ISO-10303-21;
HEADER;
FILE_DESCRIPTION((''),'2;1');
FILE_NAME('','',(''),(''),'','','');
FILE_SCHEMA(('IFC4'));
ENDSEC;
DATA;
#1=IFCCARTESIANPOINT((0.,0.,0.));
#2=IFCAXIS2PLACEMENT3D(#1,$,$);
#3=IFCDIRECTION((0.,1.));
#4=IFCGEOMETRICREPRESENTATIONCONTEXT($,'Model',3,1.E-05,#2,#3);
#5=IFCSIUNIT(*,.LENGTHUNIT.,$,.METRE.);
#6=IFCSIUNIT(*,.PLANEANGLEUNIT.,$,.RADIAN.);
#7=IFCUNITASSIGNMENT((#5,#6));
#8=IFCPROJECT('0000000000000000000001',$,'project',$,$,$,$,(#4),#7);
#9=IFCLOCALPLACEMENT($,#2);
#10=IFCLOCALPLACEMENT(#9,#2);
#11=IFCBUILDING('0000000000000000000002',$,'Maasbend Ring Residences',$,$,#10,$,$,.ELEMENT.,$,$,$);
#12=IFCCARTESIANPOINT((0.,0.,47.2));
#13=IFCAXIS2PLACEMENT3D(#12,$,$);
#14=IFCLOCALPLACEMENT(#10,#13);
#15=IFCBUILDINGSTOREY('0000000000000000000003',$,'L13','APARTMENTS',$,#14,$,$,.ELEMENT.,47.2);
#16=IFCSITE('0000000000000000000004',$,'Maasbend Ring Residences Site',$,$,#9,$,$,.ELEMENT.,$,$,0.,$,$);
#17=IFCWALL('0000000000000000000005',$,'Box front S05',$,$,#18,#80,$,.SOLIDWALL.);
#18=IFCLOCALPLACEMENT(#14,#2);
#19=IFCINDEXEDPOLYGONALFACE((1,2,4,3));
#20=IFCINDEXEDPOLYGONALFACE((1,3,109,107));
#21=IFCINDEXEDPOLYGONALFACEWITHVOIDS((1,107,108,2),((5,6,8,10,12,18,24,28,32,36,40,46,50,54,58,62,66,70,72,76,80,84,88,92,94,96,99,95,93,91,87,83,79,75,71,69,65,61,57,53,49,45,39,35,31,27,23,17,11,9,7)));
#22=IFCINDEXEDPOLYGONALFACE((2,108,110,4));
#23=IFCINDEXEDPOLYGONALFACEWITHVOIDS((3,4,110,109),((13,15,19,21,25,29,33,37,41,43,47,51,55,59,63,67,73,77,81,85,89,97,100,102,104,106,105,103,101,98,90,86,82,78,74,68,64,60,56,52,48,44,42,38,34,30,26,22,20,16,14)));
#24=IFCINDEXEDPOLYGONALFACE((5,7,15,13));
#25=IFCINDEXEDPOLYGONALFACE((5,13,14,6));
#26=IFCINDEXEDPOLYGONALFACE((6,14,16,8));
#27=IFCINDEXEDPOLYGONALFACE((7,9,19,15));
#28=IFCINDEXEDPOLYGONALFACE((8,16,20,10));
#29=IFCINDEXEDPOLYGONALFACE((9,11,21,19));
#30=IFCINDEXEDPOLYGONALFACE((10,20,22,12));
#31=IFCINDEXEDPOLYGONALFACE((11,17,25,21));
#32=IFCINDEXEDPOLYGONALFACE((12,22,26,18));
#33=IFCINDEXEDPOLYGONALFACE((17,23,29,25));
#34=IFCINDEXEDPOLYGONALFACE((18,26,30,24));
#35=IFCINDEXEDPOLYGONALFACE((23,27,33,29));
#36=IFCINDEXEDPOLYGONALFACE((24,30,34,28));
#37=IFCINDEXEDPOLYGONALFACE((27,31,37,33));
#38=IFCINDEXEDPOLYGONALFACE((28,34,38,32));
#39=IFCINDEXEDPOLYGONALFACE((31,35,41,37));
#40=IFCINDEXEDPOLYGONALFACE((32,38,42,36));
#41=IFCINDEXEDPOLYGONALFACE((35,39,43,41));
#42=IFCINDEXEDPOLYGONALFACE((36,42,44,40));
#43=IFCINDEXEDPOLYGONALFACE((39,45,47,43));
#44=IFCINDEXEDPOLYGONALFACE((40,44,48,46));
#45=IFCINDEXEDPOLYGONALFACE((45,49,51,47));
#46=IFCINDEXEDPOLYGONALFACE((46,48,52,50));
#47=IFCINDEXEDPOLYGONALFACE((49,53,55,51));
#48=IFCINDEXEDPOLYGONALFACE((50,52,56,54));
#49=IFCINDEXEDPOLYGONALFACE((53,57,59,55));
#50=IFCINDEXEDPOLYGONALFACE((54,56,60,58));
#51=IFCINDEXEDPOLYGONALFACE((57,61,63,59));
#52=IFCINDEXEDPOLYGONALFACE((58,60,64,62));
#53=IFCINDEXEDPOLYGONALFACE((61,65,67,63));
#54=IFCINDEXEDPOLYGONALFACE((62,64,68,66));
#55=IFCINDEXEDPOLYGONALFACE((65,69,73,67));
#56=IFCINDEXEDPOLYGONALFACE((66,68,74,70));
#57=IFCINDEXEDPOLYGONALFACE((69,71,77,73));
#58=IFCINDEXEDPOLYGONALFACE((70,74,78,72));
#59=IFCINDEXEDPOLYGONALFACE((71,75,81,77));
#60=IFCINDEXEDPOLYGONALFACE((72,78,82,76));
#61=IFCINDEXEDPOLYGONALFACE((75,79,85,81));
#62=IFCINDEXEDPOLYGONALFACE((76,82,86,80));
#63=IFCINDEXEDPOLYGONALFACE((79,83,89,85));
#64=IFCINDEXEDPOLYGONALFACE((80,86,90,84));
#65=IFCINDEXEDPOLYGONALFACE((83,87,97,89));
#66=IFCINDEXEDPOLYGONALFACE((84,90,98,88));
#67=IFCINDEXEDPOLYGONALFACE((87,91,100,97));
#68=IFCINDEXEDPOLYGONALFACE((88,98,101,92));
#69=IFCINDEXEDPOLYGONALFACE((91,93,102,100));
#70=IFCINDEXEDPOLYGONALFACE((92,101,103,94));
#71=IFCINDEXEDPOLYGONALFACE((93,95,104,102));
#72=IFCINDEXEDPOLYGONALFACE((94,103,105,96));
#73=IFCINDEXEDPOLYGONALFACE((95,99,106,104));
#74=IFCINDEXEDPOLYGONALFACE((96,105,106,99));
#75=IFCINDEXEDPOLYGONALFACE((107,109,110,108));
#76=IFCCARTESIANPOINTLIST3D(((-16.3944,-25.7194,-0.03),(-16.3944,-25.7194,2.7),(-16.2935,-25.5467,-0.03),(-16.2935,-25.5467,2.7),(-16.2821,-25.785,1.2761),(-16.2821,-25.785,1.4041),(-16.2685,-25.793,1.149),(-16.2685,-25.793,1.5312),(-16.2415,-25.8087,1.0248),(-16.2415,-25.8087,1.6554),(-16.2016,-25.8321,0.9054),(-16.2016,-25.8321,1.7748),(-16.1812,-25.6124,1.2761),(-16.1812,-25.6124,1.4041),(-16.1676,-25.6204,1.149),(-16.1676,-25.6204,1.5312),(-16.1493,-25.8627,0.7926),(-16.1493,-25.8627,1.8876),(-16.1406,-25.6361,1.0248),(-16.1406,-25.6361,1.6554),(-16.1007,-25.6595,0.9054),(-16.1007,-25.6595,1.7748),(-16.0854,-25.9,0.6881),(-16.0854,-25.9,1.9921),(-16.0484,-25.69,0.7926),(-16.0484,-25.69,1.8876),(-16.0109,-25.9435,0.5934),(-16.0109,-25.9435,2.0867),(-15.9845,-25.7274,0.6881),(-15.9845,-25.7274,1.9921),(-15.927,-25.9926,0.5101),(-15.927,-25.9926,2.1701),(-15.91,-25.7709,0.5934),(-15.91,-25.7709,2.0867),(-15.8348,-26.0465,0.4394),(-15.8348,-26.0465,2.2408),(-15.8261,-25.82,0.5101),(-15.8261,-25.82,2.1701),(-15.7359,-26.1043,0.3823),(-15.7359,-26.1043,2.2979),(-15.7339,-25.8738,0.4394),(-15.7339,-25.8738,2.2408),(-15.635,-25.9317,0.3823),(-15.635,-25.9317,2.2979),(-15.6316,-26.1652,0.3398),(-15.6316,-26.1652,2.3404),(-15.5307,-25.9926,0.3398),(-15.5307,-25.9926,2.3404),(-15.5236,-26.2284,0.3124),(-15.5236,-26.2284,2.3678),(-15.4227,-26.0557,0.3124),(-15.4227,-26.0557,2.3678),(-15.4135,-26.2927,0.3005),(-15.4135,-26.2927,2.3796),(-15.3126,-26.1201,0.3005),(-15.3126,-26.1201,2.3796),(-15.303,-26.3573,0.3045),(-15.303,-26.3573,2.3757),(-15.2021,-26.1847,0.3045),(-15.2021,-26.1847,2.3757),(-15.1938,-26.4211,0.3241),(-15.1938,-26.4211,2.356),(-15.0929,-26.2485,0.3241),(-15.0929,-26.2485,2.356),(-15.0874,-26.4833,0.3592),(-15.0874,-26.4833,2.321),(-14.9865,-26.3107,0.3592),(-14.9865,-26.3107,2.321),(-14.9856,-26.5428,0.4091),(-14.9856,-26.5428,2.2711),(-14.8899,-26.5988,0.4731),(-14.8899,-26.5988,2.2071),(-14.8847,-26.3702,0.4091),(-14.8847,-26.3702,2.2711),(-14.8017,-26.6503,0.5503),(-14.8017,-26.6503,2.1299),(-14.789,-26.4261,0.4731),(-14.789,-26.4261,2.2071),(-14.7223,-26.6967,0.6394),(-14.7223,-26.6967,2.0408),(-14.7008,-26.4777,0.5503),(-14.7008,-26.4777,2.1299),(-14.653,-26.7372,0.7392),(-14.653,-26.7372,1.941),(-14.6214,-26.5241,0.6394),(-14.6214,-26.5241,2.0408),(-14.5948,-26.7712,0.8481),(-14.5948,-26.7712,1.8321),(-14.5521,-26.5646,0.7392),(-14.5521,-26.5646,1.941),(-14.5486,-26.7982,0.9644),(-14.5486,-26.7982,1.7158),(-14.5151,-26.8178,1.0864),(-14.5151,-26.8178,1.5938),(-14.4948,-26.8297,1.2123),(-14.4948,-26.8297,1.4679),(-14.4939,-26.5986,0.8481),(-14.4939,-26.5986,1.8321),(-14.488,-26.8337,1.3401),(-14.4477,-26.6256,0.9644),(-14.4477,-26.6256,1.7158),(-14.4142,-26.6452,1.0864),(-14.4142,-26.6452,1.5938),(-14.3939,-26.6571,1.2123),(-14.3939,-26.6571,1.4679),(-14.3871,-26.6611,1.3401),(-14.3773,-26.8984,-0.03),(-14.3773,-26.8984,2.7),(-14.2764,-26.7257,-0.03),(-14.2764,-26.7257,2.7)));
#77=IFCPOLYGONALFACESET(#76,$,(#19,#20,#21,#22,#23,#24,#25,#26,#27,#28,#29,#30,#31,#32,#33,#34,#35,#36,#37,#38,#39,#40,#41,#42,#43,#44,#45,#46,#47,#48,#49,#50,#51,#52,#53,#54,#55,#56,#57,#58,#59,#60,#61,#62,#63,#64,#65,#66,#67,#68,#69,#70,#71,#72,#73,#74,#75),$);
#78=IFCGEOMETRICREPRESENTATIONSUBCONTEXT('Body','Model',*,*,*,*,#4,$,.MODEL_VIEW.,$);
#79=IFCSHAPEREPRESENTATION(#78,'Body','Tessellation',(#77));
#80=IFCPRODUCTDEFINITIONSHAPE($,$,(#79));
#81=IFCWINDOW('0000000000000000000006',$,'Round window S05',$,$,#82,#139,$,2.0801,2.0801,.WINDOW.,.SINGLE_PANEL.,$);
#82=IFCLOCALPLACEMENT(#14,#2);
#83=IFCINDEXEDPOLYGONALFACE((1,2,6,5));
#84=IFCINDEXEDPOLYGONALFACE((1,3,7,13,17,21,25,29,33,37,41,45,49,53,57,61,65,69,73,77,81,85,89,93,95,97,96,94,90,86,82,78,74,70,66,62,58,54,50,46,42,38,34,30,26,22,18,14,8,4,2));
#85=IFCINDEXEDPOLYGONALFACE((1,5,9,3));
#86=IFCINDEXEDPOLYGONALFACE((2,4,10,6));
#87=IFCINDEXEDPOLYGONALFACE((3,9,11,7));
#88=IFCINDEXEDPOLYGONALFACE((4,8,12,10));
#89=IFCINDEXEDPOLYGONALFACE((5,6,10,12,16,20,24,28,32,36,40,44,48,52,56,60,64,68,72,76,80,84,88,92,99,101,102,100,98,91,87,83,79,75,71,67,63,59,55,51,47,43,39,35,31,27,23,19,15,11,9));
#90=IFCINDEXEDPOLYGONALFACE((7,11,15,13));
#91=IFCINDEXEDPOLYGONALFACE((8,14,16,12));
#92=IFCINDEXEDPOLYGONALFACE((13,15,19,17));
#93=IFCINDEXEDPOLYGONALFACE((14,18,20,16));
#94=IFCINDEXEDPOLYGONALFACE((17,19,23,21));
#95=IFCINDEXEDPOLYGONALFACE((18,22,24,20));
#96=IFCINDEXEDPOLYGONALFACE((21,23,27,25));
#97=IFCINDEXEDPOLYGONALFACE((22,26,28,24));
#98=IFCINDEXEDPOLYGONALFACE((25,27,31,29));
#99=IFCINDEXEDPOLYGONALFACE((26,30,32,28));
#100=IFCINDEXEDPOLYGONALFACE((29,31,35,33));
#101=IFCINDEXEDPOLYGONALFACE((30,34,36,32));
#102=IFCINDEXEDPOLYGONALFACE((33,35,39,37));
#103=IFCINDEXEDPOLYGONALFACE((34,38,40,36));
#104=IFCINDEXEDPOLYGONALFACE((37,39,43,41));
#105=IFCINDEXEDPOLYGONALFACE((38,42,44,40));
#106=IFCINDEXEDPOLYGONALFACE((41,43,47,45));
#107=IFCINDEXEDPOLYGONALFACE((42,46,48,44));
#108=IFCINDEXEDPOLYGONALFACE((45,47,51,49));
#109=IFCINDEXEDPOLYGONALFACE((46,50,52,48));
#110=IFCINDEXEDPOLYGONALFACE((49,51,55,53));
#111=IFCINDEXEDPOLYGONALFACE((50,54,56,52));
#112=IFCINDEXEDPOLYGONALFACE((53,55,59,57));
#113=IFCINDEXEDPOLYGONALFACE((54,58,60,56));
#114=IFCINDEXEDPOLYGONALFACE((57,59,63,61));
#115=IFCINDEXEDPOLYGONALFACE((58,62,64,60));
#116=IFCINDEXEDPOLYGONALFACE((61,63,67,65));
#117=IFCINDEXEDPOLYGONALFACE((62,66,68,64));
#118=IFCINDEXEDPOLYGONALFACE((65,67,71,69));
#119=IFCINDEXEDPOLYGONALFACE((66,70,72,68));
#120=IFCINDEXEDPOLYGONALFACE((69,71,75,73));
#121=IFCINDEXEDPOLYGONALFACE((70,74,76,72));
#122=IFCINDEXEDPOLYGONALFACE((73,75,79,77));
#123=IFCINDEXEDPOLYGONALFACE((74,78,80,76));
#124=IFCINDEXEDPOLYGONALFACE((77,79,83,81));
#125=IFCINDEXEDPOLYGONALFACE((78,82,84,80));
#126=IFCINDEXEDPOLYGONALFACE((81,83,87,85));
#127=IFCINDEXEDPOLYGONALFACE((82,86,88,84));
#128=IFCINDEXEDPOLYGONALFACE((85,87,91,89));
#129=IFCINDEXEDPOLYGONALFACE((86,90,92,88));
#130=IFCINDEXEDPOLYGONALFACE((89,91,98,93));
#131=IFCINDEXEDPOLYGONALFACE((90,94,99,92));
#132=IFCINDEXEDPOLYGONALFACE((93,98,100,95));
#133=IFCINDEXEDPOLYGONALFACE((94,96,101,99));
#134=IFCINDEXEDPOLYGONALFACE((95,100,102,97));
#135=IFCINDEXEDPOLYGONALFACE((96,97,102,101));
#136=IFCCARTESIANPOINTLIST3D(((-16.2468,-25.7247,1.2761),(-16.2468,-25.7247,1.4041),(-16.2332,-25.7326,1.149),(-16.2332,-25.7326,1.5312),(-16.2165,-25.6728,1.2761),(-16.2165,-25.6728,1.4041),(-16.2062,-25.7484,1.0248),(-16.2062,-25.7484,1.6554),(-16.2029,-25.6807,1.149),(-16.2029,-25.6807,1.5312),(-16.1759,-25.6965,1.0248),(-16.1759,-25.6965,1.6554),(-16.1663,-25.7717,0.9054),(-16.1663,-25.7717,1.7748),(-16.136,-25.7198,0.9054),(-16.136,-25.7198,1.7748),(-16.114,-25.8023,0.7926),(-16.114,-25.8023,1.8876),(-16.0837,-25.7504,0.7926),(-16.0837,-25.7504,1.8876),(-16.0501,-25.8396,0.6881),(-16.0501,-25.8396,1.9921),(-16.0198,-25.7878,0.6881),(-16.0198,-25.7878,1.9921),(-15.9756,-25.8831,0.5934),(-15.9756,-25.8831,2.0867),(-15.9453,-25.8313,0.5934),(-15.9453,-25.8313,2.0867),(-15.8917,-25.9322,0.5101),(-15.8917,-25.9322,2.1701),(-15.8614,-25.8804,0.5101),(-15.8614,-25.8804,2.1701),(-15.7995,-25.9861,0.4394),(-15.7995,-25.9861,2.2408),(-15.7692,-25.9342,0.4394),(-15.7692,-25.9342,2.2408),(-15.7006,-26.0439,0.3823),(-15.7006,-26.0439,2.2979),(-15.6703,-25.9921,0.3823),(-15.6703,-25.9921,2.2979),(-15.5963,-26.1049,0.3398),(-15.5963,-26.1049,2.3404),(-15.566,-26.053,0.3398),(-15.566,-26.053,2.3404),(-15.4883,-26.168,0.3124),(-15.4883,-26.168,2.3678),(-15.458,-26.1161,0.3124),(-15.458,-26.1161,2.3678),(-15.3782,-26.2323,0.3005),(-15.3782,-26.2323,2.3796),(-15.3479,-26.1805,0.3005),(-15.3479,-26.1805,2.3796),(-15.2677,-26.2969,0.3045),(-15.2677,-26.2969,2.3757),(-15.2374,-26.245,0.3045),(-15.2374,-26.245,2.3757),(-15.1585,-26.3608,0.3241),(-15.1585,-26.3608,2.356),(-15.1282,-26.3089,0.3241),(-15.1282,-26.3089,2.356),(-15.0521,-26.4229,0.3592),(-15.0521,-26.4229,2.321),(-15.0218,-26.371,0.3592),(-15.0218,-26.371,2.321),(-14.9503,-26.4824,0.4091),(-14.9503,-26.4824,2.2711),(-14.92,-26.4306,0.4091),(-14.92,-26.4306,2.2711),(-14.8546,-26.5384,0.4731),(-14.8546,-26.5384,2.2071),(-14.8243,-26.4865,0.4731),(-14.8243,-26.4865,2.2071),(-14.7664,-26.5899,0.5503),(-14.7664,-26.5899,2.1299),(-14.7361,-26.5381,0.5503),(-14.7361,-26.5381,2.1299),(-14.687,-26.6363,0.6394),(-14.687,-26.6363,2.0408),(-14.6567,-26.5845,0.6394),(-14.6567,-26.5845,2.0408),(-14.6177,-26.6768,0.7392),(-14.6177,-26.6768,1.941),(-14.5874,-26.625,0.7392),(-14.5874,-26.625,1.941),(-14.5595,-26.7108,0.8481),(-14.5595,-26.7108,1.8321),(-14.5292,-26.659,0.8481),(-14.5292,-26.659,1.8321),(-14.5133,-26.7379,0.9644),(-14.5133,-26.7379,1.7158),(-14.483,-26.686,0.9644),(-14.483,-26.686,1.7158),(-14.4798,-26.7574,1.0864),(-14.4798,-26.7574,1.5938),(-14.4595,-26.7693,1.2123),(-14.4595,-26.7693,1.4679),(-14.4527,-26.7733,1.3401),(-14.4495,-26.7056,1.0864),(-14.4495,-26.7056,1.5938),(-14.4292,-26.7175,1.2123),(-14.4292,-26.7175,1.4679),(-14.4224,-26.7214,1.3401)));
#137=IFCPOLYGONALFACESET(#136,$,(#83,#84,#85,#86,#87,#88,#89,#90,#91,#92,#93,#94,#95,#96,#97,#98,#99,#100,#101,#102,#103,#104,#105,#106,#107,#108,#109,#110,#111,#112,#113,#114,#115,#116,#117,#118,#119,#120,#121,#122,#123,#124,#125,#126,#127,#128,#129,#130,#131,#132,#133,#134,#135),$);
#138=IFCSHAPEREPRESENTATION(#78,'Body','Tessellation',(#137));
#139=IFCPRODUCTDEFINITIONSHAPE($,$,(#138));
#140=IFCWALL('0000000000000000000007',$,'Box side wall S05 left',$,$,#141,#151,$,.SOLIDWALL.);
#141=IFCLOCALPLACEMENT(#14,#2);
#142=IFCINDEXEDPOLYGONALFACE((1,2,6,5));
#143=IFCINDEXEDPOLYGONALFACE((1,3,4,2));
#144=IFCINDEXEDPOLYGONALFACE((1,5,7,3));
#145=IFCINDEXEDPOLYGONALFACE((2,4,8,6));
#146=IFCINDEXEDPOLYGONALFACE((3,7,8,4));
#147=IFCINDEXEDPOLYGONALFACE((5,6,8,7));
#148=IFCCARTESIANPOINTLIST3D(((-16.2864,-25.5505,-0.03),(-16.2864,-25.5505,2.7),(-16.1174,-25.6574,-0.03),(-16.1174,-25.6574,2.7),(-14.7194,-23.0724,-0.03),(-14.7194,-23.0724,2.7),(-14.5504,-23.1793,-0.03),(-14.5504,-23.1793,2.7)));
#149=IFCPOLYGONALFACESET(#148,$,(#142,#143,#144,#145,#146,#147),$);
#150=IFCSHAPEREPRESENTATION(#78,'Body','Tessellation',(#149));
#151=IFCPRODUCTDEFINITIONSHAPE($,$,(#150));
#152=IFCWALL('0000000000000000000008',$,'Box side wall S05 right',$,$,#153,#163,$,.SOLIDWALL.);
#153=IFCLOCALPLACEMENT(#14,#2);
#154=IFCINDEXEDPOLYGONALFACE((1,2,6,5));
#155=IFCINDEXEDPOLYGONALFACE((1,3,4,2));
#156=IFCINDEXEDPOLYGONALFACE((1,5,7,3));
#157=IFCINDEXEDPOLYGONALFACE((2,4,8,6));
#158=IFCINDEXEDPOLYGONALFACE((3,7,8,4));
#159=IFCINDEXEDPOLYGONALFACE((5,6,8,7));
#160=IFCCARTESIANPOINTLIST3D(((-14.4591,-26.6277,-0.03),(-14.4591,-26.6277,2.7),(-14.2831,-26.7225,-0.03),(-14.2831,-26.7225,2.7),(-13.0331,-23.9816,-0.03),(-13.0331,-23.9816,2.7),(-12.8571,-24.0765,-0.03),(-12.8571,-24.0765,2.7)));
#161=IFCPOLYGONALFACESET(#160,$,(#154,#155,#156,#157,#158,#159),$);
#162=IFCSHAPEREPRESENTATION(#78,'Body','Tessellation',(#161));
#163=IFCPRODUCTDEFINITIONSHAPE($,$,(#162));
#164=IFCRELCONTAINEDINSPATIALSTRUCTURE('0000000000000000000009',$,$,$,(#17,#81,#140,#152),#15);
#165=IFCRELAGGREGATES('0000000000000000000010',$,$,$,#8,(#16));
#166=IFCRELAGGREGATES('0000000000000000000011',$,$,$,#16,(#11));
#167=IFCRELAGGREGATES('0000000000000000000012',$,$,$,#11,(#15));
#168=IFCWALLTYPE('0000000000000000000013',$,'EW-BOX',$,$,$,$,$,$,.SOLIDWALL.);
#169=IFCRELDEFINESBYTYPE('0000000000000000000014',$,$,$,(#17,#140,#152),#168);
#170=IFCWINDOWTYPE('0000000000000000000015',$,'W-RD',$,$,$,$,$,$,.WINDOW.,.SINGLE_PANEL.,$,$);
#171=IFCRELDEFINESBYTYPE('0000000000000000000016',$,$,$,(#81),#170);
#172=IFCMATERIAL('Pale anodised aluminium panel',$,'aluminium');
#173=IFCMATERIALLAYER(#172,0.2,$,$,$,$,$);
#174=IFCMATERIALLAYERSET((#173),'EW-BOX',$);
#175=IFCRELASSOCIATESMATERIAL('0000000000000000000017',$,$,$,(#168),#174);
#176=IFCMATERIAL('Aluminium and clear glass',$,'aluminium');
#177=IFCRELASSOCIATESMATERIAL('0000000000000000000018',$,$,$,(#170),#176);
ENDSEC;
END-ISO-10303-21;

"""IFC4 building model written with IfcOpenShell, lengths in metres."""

from ifc_helpers import new_model, si_unit, direction, frame, frame_2d, origin, place, context, subcontext, project, spatial, rectangle, circle, extrude, material, layer, layer_set, type_object, element, fill, save


model = new_model("IFC4")

# Units and contexts
model_context = context("Model", 3, precision=1e-05, world=origin(), true_north=direction((0.0, 1.0)))
body_context = subcontext(model_context, "Body", "Model", "MODEL_VIEW")
ifc_project = project(units=[si_unit("LENGTHUNIT", "METRE"), si_unit("PLANEANGLEUNIT", "RADIAN")], contexts=[model_context])

# Site, building, storey
site_placement = place(None, origin())
site = spatial("IfcSite", under=ifc_project, at=site_placement, Name="Maasbend Ring Residences Site", CompositionType="ELEMENT", RefElevation=0.0)
building_placement = place(site_placement, origin())
building = spatial("IfcBuilding", under=site, at=building_placement, Name="Maasbend Ring Residences", CompositionType="ELEMENT")
storey_placement = place(building_placement, frame((0.0, 0.0, 47.2)))
storey = spatial("IfcBuildingStorey", under=building, at=storey_placement, Name="L13", Description="APARTMENTS", CompositionType="ELEMENT", Elevation=47.2)

# Shared definitions
ifc_material_1 = material(Name="Pale anodised aluminium panel", Category="aluminium")
ifc_layer_1 = layer(ifc_material_1, 0.2)
ifc_layer_set_1 = layer_set([ifc_layer_1], Name="EW-BOX")
wall_type_1 = type_object("IfcWallType", Name="EW-BOX", PredefinedType="SOLIDWALL", material=ifc_layer_set_1)
ifc_material_2 = material(Name="Aluminium and clear glass", Category="aluminium")
window_type_1 = type_object("IfcWindowType", Name="W-RD", PartitioningType="SINGLE_PANEL", PredefinedType="WINDOW", material=ifc_material_2)

# Wall, opening, window
wall_1_placement = place(storey_placement, frame((-16.344, -25.6331, -0.03), z_axis=(0.0, 0.0, 1.0), x_axis=(0.863347, -0.504612, 0.0)))
wall_1 = element("IfcWall", 1, at=wall_1_placement, inside=storey, type_object=wall_type_1, Name="Box front S05", PredefinedType="SOLIDWALL", context=body_context, shape_type="SweptSolid", body=[
    extrude(rectangle(XDim=2.3364, YDim=0.2, at=frame_2d((1.1682, 0.0))), origin(), (0.0, 0.0, 1.0), 2.73),
])
opening_1_placement = place(wall_1_placement, frame((0.1282, 0.0, 0.3301)))
opening_1 = element("IfcOpeningElement", 2, at=opening_1_placement, cuts=wall_1, PredefinedType="OPENING", context=body_context, shape_type="SweptSolid", body=[
    extrude(circle(Radius=1.04, at=frame_2d((1.04, 1.04))), frame((0.0, 0.1099, 0.0), z_axis=(0.0, -1.0, 0.0), x_axis=(1.0, 0.0, 0.0)), (0.0, 0.0, 1.0), 0.22),
])
window_1_placement = place(opening_1_placement, origin())
window_1 = element("IfcWindow", 3, at=window_1_placement, inside=storey, type_object=window_type_1, Name="Round window S05", OverallHeight=2.0801, OverallWidth=2.0801, PartitioningType="SINGLE_PANEL", PredefinedType="WINDOW", context=body_context, shape_type="SweptSolid", body=[
    extrude(circle(Radius=1.04, at=frame_2d((1.04, 1.04))), frame((0.0, 0.03, 0.0), z_axis=(0.0, -1.0, 0.0), x_axis=(1.0, 0.0, 0.0)), (0.0, 0.0, 1.0), 0.0601),
])
fill(opening_1, window_1)

# Walls
wall_2_placement = place(storey_placement, frame((-14.635, -23.126, -0.03), z_axis=(0.0, 0.0, 1.0), x_axis=(-0.534438, -0.845208, 0.0)))
element("IfcWall", 4, at=wall_2_placement, inside=storey, type_object=wall_type_1, Name="Box side wall S05 left", PredefinedType="SOLIDWALL", context=body_context, shape_type="SweptSolid", body=[
    extrude(rectangle(XDim=2.9319, YDim=0.2, at=frame_2d((1.4658, 0.0))), origin(), (0.0, 0.0, 1.0), 2.73),
])
wall_3_placement = place(storey_placement, frame((-12.9451, -24.0291, -0.03), z_axis=(0.0, 0.0, 1.0), x_axis=(-0.474424, -0.880296, 0.0)))
element("IfcWall", 5, at=wall_3_placement, inside=storey, type_object=wall_type_1, Name="Box side wall S05 right", PredefinedType="SOLIDWALL", context=body_context, shape_type="SweptSolid", body=[
    extrude(rectangle(XDim=3.0059, YDim=0.2, at=frame_2d((1.5029, 0.0))), origin(), (0.0, 0.0, 1.0), 2.73),
])

save(model, "model.ifc")
